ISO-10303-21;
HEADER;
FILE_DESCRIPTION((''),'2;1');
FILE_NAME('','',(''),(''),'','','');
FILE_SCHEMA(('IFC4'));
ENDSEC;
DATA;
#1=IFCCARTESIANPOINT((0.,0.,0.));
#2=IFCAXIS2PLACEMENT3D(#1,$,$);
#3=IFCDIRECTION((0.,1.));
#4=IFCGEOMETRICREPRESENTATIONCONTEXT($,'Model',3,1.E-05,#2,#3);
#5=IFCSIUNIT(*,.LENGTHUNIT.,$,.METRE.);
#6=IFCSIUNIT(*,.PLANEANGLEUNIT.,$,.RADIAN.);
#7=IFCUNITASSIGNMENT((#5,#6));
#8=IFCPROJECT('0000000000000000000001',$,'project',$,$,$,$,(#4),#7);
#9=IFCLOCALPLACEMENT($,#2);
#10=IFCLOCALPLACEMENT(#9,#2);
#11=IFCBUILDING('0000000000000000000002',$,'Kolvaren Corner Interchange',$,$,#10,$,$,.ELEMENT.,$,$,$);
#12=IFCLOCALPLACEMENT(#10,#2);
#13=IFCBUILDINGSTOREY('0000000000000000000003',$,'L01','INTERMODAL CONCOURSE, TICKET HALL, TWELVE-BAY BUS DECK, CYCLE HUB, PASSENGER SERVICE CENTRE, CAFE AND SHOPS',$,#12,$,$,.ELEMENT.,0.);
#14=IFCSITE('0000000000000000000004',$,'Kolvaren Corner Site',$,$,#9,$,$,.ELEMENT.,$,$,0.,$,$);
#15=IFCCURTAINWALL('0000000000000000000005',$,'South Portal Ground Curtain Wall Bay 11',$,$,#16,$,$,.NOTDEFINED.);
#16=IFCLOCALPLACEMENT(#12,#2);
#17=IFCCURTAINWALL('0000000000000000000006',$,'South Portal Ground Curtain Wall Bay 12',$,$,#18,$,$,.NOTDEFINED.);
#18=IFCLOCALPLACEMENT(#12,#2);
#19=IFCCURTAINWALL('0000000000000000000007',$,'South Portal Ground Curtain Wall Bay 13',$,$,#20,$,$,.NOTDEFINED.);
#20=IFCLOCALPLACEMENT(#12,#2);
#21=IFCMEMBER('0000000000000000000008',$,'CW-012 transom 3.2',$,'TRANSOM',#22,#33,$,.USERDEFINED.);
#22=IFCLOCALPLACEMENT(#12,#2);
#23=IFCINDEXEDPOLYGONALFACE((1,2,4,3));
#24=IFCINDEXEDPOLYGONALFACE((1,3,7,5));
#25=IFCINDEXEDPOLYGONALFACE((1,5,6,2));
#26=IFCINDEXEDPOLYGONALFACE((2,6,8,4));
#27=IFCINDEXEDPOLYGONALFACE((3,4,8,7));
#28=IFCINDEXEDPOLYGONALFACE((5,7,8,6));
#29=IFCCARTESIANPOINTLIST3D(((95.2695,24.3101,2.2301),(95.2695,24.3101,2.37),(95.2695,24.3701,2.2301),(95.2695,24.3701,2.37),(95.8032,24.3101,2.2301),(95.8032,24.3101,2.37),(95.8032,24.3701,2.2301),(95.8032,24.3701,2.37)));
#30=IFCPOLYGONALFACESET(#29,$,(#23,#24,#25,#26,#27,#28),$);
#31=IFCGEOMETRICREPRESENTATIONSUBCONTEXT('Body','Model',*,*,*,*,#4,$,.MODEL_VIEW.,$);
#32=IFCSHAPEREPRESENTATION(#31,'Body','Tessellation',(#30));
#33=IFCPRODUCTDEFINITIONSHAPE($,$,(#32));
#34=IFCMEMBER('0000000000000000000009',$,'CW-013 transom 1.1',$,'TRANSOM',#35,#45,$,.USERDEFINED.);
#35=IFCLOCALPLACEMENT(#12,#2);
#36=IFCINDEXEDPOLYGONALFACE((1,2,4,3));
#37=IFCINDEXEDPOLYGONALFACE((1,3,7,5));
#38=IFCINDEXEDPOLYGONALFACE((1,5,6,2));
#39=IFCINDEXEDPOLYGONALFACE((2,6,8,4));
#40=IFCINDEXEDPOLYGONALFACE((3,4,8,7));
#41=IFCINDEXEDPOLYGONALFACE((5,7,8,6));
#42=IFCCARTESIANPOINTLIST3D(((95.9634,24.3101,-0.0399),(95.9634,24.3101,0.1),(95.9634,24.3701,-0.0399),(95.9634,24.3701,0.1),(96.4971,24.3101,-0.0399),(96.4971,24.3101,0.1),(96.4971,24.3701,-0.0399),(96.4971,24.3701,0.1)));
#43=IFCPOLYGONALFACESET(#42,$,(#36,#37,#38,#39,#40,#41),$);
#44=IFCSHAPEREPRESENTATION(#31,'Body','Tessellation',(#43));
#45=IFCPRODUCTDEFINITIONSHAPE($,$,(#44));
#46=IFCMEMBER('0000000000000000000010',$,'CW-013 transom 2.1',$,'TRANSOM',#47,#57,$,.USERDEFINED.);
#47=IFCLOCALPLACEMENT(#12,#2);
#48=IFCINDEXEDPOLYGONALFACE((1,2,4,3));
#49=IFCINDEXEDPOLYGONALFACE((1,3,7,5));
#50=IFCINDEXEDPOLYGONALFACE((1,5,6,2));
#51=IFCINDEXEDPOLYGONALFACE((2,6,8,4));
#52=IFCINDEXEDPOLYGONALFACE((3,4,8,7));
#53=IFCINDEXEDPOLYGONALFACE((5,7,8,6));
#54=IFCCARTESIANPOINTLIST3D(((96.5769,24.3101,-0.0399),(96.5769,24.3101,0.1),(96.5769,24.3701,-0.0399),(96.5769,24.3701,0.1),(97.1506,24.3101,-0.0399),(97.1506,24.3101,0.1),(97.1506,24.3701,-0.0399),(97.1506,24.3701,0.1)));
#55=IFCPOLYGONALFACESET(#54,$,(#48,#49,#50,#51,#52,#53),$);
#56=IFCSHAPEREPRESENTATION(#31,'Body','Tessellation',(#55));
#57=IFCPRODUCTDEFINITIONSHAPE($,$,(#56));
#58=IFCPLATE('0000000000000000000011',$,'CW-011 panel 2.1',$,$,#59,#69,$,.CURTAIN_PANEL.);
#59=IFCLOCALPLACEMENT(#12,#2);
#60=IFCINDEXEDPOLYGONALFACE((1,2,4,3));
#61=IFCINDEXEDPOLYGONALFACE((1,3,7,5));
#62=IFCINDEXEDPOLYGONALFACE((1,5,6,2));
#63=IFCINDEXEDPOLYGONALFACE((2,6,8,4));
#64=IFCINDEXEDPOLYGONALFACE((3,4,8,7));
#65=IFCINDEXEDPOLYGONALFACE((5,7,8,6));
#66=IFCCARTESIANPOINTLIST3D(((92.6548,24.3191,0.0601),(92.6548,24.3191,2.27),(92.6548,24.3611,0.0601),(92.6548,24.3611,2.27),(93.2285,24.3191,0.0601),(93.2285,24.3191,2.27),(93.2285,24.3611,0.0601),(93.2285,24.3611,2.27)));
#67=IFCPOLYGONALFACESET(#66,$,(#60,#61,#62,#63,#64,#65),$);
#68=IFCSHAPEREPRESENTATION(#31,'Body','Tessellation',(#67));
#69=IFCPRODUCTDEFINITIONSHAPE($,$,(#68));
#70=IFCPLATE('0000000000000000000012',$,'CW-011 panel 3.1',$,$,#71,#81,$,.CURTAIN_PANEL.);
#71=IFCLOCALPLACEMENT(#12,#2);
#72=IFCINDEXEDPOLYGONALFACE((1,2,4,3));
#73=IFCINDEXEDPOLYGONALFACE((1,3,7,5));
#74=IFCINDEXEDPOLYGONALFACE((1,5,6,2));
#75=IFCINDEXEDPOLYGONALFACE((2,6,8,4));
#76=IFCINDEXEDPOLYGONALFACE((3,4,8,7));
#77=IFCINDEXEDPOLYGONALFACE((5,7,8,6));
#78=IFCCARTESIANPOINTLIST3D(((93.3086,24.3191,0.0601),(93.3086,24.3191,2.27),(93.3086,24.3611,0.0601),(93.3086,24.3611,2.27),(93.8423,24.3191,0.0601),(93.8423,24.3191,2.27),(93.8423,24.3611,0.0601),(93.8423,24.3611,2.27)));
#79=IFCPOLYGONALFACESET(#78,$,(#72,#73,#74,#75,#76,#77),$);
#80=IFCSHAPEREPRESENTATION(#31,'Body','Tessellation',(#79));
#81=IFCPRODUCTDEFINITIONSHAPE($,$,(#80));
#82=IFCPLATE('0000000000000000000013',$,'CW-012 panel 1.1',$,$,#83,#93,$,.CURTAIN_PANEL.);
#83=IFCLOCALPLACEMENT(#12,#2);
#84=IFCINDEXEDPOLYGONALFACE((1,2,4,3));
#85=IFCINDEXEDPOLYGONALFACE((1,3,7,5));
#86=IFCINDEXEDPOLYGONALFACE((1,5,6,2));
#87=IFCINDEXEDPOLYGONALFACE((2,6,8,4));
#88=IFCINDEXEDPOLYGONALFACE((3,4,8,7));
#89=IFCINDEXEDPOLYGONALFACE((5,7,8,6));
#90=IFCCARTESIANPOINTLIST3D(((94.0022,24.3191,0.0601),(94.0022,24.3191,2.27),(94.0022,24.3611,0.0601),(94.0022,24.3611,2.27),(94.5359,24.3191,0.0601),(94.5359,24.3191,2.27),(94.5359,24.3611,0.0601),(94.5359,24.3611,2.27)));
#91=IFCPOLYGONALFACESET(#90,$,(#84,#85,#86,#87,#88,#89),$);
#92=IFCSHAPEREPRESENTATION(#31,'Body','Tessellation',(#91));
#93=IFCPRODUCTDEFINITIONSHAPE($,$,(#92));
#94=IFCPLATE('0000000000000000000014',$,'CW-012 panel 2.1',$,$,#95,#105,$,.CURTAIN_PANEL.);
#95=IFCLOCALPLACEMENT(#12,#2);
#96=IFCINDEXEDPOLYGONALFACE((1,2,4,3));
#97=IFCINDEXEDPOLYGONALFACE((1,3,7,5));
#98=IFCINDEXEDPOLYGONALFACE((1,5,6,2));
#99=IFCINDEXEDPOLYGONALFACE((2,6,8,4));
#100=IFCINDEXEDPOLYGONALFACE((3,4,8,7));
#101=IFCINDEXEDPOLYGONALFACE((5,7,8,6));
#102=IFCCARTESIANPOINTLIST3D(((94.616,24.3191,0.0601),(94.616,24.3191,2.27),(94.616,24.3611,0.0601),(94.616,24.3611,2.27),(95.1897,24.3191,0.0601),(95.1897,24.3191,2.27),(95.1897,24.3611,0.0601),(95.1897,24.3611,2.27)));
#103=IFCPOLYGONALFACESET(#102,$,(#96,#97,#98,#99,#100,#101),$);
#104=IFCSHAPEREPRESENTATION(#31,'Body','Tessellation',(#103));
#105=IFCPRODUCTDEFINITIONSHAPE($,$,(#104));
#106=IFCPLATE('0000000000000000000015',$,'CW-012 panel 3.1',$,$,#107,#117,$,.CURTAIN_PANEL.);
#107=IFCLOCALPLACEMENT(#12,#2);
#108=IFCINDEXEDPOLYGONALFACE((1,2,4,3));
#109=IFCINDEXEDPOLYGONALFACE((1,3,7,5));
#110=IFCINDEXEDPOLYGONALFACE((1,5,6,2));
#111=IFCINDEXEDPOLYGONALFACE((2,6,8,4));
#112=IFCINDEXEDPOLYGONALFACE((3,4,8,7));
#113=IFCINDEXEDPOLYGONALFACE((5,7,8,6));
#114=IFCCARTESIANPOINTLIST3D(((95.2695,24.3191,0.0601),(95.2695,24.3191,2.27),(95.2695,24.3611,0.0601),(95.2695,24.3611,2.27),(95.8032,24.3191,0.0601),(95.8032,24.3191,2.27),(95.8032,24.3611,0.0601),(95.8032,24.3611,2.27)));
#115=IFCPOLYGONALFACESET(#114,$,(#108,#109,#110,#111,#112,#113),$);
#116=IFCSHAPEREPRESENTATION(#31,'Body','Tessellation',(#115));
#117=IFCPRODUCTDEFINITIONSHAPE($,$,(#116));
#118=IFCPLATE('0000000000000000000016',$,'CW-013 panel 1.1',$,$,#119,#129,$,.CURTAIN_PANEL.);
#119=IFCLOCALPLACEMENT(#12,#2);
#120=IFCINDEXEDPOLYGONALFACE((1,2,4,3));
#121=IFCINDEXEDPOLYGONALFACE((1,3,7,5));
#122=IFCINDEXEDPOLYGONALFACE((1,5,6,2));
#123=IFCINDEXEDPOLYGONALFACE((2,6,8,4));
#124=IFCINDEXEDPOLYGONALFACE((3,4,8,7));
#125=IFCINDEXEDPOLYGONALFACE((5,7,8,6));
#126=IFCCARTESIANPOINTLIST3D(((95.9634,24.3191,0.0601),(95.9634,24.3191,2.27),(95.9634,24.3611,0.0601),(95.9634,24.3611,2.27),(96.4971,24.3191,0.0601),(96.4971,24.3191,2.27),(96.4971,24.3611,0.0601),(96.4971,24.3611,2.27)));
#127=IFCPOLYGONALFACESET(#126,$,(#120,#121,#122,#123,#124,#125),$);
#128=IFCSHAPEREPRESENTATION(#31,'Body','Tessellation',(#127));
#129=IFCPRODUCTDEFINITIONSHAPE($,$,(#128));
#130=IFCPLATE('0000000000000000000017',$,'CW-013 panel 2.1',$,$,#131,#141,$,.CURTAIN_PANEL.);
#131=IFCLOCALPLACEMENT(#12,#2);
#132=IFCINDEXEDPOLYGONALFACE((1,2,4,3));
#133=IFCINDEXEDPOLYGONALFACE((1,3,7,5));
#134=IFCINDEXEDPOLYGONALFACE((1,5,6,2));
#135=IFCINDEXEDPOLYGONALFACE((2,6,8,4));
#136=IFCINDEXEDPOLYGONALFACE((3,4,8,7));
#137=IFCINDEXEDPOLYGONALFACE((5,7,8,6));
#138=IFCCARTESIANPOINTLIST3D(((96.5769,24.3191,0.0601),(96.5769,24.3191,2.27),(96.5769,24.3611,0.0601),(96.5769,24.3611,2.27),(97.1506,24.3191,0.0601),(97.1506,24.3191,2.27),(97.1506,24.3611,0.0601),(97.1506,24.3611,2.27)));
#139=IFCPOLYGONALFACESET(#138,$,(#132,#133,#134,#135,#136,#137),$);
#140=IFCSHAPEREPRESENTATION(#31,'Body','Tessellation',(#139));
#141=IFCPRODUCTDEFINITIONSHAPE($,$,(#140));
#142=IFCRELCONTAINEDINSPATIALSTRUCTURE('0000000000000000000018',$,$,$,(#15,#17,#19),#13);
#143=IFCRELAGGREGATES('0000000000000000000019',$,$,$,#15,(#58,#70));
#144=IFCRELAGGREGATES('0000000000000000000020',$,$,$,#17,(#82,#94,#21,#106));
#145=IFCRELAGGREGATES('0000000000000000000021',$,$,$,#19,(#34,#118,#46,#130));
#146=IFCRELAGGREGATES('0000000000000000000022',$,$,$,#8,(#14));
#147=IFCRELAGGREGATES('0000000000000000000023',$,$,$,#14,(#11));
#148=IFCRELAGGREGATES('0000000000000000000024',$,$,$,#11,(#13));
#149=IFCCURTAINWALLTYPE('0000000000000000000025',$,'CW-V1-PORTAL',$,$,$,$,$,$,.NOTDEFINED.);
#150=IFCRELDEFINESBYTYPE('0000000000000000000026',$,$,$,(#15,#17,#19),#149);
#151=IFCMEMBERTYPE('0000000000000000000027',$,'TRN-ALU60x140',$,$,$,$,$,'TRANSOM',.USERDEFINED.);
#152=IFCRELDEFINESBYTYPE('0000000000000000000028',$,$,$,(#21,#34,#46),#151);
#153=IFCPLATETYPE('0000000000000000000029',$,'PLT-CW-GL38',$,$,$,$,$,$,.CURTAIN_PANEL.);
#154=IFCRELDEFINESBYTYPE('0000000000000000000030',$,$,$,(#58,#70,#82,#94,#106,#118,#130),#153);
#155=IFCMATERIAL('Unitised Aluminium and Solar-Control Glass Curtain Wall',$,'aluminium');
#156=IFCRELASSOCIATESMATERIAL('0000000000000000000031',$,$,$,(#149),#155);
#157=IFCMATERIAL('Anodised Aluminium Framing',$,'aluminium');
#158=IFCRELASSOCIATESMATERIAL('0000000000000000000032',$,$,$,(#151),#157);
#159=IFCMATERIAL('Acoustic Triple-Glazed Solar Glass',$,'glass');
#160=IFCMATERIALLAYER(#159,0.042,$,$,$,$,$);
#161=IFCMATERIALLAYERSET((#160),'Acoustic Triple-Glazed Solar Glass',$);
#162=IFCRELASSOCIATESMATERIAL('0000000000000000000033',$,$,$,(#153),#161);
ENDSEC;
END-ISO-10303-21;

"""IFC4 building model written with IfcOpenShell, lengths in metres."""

from ifc_helpers import new_model, si_unit, direction, frame, origin, origin_2d, place, context, subcontext, project, spatial, rectangle, extrude, material, layer, layer_set, material_profile, profile_set, type_object, element, aggregate, save


model = new_model("IFC4")

# Units and contexts
model_context = context("Model", 3, precision=1e-05, world=origin(), true_north=direction((0.0, 1.0)))
body_context = subcontext(model_context, "Body", "Model", "MODEL_VIEW")
ifc_project = project(units=[si_unit("LENGTHUNIT", "METRE"), si_unit("PLANEANGLEUNIT", "RADIAN")], contexts=[model_context])

# Site, building, storey
site_placement = place(None, origin())
site = spatial("IfcSite", under=ifc_project, at=site_placement, Name="Kolvaren Corner Site", CompositionType="ELEMENT", RefElevation=0.0)
building_placement = place(site_placement, origin())
building = spatial("IfcBuilding", under=site, at=building_placement, Name="Kolvaren Corner Interchange", CompositionType="ELEMENT")
storey_placement = place(building_placement, origin())
storey = spatial("IfcBuildingStorey", under=building, at=storey_placement, Name="L01", Description="INTERMODAL CONCOURSE, TICKET HALL, TWELVE-BAY BUS DECK, CYCLE HUB, PASSENGER SERVICE CENTRE, CAFE AND SHOPS", CompositionType="ELEMENT", Elevation=0.0)

# Curtain walls
ifc_material_1 = material(Name="Unitised Aluminium and Solar-Control Glass Curtain Wall", Category="aluminium")
curtain_wall_type = type_object("IfcCurtainWallType", Name="CW-V1-PORTAL", PredefinedType="NOTDEFINED", material=ifc_material_1)
curtain_wall_1_placement = place(storey_placement, origin())
curtain_wall_1 = element("IfcCurtainWall", 1, at=curtain_wall_1_placement, inside=storey, type_object=curtain_wall_type, Name="South Portal Ground Curtain Wall Bay 11", PredefinedType="NOTDEFINED")
curtain_wall_2_placement = place(storey_placement, origin())
curtain_wall_2 = element("IfcCurtainWall", 2, at=curtain_wall_2_placement, inside=storey, type_object=curtain_wall_type, Name="South Portal Ground Curtain Wall Bay 12", PredefinedType="NOTDEFINED")
curtain_wall_3_placement = place(storey_placement, origin())
curtain_wall_3 = element("IfcCurtainWall", 3, at=curtain_wall_3_placement, inside=storey, type_object=curtain_wall_type, Name="South Portal Ground Curtain Wall Bay 13", PredefinedType="NOTDEFINED")

# Members
ifc_material_2 = material(Name="Anodised Aluminium Framing", Category="aluminium")
ifc_material_profile_1 = material_profile(ifc_material_2, rectangle(XDim=0.0601, YDim=0.1399, at=origin_2d()), Name="ALU 60x140")
ifc_profile_set_1 = profile_set([ifc_material_profile_1], Name="Anodised Aluminium Framing")
member_type_1 = type_object("IfcMemberType", Name="TRN-ALU60x140", ElementType="TRANSOM", PredefinedType="USERDEFINED", material=ifc_profile_set_1)
member_1_placement = place(storey_placement, frame((95.2695, 24.3401, 2.3), z_axis=(1.0, 0.0, 0.0), x_axis=(0.0, 1.0, 0.0)))
member_1 = element("IfcMember", 4, at=member_1_placement, type_object=member_type_1, Name="CW-012 transom 3.2", ObjectType="TRANSOM", PredefinedType="USERDEFINED", context=body_context, shape_type="SweptSolid", body=[
    extrude(rectangle(XDim=0.0601, YDim=0.1399, at=origin_2d()), origin(), (0.0, 0.0, 1.0), 0.5337),
])
member_2_placement = place(storey_placement, frame((95.9634, 24.3401, 0.03), z_axis=(1.0, 0.0, 0.0), x_axis=(0.0, 1.0, 0.0)))
member_2 = element("IfcMember", 5, at=member_2_placement, type_object=member_type_1, Name="CW-013 transom 1.1", ObjectType="TRANSOM", PredefinedType="USERDEFINED", context=body_context, shape_type="SweptSolid", body=[
    extrude(rectangle(XDim=0.0601, YDim=0.1399, at=origin_2d()), origin(), (0.0, 0.0, 1.0), 0.5337),
])
member_3_placement = place(storey_placement, frame((96.5769, 24.3401, 0.03), z_axis=(1.0, 0.0, 0.0), x_axis=(0.0, 1.0, 0.0)))
member_3 = element("IfcMember", 6, at=member_3_placement, type_object=member_type_1, Name="CW-013 transom 2.1", ObjectType="TRANSOM", PredefinedType="USERDEFINED", context=body_context, shape_type="SweptSolid", body=[
    extrude(rectangle(XDim=0.0601, YDim=0.1399, at=origin_2d()), origin(), (0.0, 0.0, 1.0), 0.5737),
])

# Plates
ifc_material_3 = material(Name="Acoustic Triple-Glazed Solar Glass", Category="glass")
ifc_layer = layer(ifc_material_3, 0.042)
ifc_layer_set = layer_set([ifc_layer], Name="Acoustic Triple-Glazed Solar Glass")
plate_type = type_object("IfcPlateType", Name="PLT-CW-GL38", PredefinedType="CURTAIN_PANEL", material=ifc_layer_set)
plate_1_placement = place(storey_placement, frame((92.9417, 24.3401, 0.0601), z_axis=(0.0, 0.0, 1.0), x_axis=(1.0, 0.0, 0.0)))
plate_1 = element("IfcPlate", 7, at=plate_1_placement, type_object=plate_type, Name="CW-011 panel 2.1", PredefinedType="CURTAIN_PANEL", context=body_context, shape_type="SweptSolid", body=[
    extrude(rectangle(XDim=0.5737, YDim=0.042, at=origin_2d()), origin(), (0.0, 0.0, 1.0), 2.21),
])
plate_2_placement = place(storey_placement, frame((93.5754, 24.3401, 0.0601), z_axis=(0.0, 0.0, 1.0), x_axis=(1.0, 0.0, 0.0)))
plate_2 = element("IfcPlate", 8, at=plate_2_placement, type_object=plate_type, Name="CW-011 panel 3.1", PredefinedType="CURTAIN_PANEL", context=body_context, shape_type="SweptSolid", body=[
    extrude(rectangle(XDim=0.5337, YDim=0.042, at=origin_2d()), origin(), (0.0, 0.0, 1.0), 2.21),
])
aggregate(curtain_wall_1, [plate_1, plate_2])
plate_3_placement = place(storey_placement, frame((94.269, 24.3401, 0.0601), z_axis=(0.0, 0.0, 1.0), x_axis=(1.0, 0.0, 0.0)))
plate_3 = element("IfcPlate", 9, at=plate_3_placement, type_object=plate_type, Name="CW-012 panel 1.1", PredefinedType="CURTAIN_PANEL", context=body_context, shape_type="SweptSolid", body=[
    extrude(rectangle(XDim=0.5337, YDim=0.042, at=origin_2d()), origin(), (0.0, 0.0, 1.0), 2.21),
])
plate_4_placement = place(storey_placement, frame((94.9028, 24.3401, 0.0601), z_axis=(0.0, 0.0, 1.0), x_axis=(1.0, 0.0, 0.0)))
plate_4 = element("IfcPlate", 10, at=plate_4_placement, type_object=plate_type, Name="CW-012 panel 2.1", PredefinedType="CURTAIN_PANEL", context=body_context, shape_type="SweptSolid", body=[
    extrude(rectangle(XDim=0.5737, YDim=0.042, at=origin_2d()), origin(), (0.0, 0.0, 1.0), 2.21),
])
plate_5_placement = place(storey_placement, frame((95.5364, 24.3401, 0.0601), z_axis=(0.0, 0.0, 1.0), x_axis=(1.0, 0.0, 0.0)))
plate_5 = element("IfcPlate", 11, at=plate_5_placement, type_object=plate_type, Name="CW-012 panel 3.1", PredefinedType="CURTAIN_PANEL", context=body_context, shape_type="SweptSolid", body=[
    extrude(rectangle(XDim=0.5337, YDim=0.042, at=origin_2d()), origin(), (0.0, 0.0, 1.0), 2.21),
])
aggregate(curtain_wall_2, [plate_3, plate_4, member_1, plate_5])
plate_6_placement = place(storey_placement, frame((96.2302, 24.3401, 0.0601), z_axis=(0.0, 0.0, 1.0), x_axis=(1.0, 0.0, 0.0)))
plate_6 = element("IfcPlate", 12, at=plate_6_placement, type_object=plate_type, Name="CW-013 panel 1.1", PredefinedType="CURTAIN_PANEL", context=body_context, shape_type="SweptSolid", body=[
    extrude(rectangle(XDim=0.5337, YDim=0.042, at=origin_2d()), origin(), (0.0, 0.0, 1.0), 2.21),
])
plate_7_placement = place(storey_placement, frame((96.8638, 24.3401, 0.0601), z_axis=(0.0, 0.0, 1.0), x_axis=(1.0, 0.0, 0.0)))
plate_7 = element("IfcPlate", 13, at=plate_7_placement, type_object=plate_type, Name="CW-013 panel 2.1", PredefinedType="CURTAIN_PANEL", context=body_context, shape_type="SweptSolid", body=[
    extrude(rectangle(XDim=0.5737, YDim=0.042, at=origin_2d()), origin(), (0.0, 0.0, 1.0), 2.21),
])
aggregate(curtain_wall_3, [member_2, plate_6, member_3, plate_7])

save(model, "model.ifc")
